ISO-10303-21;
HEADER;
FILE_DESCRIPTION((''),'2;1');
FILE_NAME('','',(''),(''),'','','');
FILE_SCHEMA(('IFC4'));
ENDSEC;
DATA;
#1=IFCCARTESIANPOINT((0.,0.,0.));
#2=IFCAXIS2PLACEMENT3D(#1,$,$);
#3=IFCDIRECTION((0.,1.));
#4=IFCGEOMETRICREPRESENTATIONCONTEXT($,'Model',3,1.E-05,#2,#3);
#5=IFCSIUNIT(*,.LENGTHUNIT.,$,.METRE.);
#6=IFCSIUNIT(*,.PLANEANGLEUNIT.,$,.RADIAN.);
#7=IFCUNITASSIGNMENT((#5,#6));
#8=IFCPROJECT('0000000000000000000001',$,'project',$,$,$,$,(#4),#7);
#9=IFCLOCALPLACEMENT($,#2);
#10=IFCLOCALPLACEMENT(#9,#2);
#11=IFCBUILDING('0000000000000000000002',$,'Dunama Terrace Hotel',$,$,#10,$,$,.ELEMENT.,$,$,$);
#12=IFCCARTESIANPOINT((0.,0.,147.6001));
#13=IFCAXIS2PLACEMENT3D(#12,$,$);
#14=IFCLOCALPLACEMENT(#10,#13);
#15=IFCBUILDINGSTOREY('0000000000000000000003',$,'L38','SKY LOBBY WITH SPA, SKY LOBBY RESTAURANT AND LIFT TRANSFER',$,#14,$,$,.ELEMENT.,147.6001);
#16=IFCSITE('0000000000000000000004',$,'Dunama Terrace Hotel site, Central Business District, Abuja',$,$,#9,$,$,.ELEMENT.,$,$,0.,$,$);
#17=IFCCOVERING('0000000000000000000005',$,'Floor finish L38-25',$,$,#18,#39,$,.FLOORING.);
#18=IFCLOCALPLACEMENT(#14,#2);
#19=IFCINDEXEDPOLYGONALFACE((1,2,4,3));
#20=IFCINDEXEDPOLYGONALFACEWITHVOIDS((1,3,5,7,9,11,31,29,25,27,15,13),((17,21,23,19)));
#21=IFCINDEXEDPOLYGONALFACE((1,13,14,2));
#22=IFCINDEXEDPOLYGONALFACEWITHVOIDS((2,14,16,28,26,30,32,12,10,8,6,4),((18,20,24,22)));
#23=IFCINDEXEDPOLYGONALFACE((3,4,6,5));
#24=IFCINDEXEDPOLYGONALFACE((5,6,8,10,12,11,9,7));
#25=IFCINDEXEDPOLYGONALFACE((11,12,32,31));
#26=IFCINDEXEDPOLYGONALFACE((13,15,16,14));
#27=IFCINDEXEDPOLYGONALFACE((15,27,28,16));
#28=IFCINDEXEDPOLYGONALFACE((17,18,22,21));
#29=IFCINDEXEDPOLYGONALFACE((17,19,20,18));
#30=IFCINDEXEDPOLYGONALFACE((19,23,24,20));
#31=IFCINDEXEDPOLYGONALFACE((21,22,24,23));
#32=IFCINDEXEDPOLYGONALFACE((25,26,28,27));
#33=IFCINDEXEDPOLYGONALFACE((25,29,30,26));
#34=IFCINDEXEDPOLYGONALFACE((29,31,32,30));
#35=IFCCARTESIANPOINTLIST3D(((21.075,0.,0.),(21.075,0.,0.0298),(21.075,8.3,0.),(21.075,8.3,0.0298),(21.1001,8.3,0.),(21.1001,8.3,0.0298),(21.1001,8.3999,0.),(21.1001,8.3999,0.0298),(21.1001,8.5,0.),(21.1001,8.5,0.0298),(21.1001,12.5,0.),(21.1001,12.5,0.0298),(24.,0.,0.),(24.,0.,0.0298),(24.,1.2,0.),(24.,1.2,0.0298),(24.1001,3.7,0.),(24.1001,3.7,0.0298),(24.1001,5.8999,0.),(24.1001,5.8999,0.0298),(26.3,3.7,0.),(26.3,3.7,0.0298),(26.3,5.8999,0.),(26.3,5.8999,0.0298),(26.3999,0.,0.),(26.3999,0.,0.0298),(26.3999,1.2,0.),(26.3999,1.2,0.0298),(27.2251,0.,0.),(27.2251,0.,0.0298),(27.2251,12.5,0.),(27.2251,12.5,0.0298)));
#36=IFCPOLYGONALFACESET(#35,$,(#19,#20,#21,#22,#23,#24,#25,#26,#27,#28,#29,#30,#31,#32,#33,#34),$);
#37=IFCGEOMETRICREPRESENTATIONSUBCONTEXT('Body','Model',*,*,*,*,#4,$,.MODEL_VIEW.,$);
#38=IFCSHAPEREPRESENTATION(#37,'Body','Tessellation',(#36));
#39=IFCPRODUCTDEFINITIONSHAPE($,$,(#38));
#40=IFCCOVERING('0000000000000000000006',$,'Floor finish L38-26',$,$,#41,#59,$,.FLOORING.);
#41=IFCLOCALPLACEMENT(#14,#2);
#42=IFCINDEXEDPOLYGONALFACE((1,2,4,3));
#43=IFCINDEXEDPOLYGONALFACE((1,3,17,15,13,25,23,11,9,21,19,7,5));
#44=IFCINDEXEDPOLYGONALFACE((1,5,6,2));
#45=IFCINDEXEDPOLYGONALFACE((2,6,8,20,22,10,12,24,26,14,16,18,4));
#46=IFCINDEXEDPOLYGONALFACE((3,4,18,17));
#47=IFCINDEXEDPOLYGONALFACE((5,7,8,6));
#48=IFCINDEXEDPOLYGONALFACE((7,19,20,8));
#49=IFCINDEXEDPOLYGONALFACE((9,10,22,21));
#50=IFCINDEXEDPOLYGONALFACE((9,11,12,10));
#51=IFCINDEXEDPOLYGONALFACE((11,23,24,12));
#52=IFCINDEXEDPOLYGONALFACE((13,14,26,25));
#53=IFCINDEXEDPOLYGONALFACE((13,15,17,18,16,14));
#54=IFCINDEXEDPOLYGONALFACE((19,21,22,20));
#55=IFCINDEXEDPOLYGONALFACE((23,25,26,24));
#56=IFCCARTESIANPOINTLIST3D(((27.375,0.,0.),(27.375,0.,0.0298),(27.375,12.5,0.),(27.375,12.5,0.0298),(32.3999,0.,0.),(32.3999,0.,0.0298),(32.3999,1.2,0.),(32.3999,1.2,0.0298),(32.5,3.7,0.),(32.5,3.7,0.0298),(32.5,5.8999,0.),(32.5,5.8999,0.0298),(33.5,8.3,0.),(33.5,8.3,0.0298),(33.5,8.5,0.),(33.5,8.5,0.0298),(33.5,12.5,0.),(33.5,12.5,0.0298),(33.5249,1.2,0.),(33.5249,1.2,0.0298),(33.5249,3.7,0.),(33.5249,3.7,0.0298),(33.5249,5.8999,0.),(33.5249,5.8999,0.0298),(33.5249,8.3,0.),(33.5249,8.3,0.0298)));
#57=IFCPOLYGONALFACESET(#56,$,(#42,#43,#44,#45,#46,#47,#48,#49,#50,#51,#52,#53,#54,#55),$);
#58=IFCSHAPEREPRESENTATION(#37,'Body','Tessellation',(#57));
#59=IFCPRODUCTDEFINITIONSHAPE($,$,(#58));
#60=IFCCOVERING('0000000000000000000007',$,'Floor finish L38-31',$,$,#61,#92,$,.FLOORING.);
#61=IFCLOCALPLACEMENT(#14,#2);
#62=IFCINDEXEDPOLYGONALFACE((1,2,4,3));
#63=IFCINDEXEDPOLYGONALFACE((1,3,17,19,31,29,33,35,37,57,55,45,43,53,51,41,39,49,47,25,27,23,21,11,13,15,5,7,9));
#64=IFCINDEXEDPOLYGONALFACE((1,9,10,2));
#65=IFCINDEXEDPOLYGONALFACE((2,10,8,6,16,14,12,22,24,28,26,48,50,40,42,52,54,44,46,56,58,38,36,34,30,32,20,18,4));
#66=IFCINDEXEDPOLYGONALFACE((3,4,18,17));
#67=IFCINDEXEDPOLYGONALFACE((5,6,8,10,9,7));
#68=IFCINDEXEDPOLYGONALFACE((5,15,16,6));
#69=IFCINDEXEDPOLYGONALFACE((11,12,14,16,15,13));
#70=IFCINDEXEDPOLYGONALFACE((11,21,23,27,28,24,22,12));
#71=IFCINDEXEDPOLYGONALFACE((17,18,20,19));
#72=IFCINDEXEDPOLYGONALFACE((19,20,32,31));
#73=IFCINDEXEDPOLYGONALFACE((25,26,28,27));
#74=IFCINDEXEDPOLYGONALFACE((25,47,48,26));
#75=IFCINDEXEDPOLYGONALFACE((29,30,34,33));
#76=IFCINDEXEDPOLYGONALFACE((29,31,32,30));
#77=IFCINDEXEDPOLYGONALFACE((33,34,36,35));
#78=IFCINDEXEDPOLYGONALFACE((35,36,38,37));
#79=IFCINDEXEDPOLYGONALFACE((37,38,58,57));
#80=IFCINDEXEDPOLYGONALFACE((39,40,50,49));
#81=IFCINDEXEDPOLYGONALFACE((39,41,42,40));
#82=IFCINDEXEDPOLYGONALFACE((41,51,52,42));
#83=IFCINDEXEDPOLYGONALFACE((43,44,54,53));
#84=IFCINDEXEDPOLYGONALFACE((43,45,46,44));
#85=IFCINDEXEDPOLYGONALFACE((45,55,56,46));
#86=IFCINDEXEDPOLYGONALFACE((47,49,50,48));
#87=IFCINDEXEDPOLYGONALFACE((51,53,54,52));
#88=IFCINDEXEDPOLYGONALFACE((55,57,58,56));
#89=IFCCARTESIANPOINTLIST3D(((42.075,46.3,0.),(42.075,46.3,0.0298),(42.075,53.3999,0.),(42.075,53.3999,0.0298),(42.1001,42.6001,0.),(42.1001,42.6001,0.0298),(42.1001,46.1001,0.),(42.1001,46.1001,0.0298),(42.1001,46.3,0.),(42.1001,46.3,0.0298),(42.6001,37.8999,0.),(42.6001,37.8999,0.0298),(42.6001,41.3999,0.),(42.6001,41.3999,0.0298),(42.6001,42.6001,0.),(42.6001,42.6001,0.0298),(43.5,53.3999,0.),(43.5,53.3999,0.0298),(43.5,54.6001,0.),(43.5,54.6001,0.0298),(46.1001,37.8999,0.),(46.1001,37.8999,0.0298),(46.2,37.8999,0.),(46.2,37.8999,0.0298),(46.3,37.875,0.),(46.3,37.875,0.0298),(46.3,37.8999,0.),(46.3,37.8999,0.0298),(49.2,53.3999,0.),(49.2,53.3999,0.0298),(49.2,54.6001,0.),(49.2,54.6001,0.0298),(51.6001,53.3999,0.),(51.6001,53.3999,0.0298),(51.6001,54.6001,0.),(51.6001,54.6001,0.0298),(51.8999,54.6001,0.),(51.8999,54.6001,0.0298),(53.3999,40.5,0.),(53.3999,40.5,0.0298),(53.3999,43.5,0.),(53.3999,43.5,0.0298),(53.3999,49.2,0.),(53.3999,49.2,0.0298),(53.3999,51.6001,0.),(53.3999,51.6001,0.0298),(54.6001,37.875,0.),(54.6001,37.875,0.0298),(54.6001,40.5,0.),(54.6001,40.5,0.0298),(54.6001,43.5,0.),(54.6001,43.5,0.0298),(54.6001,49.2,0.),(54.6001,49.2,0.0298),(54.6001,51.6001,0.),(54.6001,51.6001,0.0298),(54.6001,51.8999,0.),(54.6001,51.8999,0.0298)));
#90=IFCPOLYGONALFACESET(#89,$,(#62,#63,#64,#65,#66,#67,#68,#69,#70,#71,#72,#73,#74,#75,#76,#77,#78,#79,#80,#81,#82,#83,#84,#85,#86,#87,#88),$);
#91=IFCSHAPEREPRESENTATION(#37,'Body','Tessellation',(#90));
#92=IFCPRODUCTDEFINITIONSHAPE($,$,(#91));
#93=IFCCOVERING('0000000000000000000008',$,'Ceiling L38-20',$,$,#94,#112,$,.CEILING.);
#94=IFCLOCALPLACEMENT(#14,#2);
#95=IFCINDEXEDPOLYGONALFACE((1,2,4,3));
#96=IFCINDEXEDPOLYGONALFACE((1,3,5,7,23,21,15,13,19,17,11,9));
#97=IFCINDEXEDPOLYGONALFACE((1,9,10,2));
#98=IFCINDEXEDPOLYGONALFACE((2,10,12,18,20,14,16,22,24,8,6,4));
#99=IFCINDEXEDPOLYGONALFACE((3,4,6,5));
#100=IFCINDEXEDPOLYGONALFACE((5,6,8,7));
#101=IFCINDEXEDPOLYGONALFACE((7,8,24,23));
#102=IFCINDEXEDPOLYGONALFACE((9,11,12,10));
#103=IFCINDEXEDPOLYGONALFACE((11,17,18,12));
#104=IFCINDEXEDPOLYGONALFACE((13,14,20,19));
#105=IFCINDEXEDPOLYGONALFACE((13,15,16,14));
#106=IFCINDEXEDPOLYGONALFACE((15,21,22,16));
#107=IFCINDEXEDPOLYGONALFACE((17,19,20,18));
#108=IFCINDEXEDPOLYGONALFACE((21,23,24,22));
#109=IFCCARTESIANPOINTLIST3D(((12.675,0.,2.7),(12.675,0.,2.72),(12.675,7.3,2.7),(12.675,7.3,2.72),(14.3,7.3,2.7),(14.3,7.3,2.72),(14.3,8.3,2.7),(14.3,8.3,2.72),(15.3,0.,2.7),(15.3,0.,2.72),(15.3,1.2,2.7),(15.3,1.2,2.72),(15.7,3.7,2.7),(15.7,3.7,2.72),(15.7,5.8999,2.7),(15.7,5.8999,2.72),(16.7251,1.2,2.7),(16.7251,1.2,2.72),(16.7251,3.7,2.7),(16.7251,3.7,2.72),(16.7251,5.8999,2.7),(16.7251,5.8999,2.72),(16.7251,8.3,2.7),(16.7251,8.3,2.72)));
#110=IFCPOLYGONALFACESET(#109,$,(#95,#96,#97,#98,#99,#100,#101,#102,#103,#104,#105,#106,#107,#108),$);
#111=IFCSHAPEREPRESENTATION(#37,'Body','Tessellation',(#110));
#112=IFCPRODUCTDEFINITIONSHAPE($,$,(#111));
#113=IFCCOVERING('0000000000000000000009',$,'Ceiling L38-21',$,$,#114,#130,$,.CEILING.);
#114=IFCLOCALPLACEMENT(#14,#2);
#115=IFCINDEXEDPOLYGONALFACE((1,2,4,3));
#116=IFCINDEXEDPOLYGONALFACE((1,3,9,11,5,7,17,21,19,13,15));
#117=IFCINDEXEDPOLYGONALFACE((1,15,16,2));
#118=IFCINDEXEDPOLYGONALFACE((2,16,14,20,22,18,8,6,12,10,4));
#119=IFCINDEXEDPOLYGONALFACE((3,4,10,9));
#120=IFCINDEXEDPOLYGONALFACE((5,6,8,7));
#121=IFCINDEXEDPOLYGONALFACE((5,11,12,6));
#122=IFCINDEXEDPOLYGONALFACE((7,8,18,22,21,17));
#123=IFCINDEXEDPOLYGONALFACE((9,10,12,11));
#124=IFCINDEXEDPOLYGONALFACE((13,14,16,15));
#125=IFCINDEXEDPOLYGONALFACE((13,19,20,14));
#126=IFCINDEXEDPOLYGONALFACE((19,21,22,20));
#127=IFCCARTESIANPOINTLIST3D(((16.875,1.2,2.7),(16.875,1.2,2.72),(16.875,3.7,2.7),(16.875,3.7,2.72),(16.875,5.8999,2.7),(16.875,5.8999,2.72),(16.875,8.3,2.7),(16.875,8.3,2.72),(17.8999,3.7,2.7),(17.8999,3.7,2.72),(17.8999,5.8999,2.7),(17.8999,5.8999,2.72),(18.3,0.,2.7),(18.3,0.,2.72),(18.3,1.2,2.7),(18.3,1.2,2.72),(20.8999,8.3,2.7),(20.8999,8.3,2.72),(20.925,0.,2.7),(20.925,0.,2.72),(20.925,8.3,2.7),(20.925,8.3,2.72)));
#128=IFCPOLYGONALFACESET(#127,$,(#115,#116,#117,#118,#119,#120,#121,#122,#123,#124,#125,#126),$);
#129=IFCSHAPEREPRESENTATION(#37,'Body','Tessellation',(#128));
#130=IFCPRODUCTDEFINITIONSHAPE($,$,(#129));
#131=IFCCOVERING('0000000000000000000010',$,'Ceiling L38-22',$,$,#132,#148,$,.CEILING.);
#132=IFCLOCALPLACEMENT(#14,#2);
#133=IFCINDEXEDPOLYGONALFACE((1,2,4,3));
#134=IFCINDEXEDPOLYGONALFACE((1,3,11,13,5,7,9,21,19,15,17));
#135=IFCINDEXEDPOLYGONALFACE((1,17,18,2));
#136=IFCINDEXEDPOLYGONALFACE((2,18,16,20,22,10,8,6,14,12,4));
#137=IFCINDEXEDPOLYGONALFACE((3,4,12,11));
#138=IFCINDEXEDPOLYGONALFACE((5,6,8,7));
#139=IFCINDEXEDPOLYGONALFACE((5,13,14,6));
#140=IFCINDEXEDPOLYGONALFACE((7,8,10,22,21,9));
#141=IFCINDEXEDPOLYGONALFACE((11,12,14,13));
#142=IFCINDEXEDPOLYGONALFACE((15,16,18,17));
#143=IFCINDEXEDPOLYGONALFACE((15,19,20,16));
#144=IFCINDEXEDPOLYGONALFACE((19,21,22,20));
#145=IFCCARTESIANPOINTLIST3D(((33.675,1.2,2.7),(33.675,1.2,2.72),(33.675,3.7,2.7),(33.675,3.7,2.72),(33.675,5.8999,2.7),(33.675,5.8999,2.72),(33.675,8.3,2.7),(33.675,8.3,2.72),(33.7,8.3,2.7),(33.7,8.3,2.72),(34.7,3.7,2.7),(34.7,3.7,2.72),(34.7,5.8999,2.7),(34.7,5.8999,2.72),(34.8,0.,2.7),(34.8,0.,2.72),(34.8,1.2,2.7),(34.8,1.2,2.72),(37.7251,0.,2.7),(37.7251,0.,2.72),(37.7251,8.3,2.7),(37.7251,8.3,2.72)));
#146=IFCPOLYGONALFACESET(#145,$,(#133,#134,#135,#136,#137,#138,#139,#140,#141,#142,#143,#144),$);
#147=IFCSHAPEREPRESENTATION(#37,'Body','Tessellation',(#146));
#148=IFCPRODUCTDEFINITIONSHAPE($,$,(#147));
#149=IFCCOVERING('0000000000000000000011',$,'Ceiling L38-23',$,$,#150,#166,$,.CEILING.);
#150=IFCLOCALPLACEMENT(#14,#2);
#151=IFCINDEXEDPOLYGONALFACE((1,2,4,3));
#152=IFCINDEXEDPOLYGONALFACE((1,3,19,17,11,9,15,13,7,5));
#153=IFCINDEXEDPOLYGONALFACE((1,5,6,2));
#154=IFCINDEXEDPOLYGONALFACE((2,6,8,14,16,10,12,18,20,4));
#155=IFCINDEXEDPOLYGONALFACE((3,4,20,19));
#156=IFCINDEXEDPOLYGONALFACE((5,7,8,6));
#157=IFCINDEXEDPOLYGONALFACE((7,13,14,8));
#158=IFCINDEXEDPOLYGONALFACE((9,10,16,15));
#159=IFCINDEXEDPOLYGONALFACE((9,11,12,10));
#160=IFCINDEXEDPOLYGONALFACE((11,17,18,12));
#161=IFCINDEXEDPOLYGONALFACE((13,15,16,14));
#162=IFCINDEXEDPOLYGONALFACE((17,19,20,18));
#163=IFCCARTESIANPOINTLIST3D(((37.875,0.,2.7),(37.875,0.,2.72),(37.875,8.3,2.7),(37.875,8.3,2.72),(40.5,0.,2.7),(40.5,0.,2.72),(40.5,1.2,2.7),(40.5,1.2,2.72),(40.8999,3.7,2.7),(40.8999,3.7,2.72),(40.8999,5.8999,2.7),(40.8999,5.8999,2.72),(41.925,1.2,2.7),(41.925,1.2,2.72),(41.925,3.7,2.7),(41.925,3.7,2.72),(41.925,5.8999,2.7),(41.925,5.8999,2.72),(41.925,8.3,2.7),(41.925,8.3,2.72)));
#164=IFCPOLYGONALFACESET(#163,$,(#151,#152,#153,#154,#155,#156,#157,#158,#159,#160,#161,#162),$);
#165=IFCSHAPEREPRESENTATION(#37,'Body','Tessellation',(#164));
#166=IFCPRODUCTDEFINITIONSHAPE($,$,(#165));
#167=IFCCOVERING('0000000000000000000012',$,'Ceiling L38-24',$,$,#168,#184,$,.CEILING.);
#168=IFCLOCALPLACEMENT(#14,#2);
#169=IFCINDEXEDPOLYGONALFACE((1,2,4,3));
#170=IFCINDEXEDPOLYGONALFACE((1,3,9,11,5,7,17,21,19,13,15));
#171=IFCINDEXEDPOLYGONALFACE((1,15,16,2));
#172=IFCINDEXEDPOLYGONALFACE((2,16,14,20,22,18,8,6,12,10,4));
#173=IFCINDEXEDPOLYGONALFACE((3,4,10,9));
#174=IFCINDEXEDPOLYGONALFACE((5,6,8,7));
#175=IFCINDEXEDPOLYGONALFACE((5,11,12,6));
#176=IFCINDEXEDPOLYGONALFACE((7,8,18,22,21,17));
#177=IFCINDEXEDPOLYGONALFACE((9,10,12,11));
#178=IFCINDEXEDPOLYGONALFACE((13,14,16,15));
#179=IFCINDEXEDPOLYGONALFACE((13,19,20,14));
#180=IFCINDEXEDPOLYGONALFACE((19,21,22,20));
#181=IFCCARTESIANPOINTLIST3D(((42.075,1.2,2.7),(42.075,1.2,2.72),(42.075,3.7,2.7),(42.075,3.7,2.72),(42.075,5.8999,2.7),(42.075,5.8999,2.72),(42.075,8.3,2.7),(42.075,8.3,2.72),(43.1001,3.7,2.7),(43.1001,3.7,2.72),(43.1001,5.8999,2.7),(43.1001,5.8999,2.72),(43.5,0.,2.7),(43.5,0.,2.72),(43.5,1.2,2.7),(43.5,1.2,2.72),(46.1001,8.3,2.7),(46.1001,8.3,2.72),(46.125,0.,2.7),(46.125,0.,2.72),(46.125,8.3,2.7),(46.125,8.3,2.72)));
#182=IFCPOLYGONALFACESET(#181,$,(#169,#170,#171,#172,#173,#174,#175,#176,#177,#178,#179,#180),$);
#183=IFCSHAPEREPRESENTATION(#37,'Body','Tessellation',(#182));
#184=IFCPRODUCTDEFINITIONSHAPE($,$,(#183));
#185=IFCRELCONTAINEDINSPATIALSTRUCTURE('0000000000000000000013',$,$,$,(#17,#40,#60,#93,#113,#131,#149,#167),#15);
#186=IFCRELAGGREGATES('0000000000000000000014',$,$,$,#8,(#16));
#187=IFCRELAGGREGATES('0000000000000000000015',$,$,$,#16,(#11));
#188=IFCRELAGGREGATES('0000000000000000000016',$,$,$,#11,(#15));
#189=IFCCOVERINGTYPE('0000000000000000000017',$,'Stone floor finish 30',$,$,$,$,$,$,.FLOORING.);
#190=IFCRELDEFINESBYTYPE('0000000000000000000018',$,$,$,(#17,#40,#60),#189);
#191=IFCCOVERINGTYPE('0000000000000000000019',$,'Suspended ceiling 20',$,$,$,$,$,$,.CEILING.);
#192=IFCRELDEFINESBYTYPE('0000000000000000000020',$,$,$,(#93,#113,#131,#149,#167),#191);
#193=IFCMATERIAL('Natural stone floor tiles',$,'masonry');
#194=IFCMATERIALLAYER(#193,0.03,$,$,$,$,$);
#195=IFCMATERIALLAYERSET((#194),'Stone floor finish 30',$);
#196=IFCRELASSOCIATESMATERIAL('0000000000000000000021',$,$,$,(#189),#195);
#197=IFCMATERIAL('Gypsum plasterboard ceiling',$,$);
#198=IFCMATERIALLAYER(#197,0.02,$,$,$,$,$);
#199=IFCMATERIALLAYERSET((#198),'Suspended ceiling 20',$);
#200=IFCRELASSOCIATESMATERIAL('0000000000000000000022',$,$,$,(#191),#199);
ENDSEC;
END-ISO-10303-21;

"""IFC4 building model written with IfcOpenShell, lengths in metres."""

from ifc_helpers import new_model, si_unit, direction, frame, origin, place, context, subcontext, project, spatial, polyline, outline, extrude, material, layer, layer_set, type_object, element, save


model = new_model("IFC4")

# Units and contexts
model_context = context("Model", 3, precision=1e-05, world=origin(), true_north=direction((0.0, 1.0)))
body_context = subcontext(model_context, "Body", "Model", "MODEL_VIEW")
ifc_project = project(units=[si_unit("LENGTHUNIT", "METRE"), si_unit("PLANEANGLEUNIT", "RADIAN")], contexts=[model_context])

# Site, building, storey
site_placement = place(None, origin())
site = spatial("IfcSite", under=ifc_project, at=site_placement, Name="Dunama Terrace Hotel site, Central Business District, Abuja", CompositionType="ELEMENT", RefElevation=0.0)
building_placement = place(site_placement, origin())
building = spatial("IfcBuilding", under=site, at=building_placement, Name="Dunama Terrace Hotel", CompositionType="ELEMENT")
storey_placement = place(building_placement, frame((0.0, 0.0, 147.6001)))
storey = spatial("IfcBuildingStorey", under=building, at=storey_placement, Name="L38", Description="SKY LOBBY WITH SPA, SKY LOBBY RESTAURANT AND LIFT TRANSFER", CompositionType="ELEMENT", Elevation=147.6001)

# Coverings
ifc_material_1 = material(Name="Natural stone floor tiles", Category="masonry")
ifc_layer_1 = layer(ifc_material_1, 0.03)
ifc_layer_set_1 = layer_set([ifc_layer_1], Name="Stone floor finish 30")
covering_type_1 = type_object("IfcCoveringType", Name="Stone floor finish 30", PredefinedType="FLOORING", material=ifc_layer_set_1)
covering_1_placement = place(storey_placement, origin())
element("IfcCovering", 1, at=covering_1_placement, inside=storey, type_object=covering_type_1, Name="Floor finish L38-25", PredefinedType="FLOORING", context=body_context, shape_type="SweptSolid", body=[
    extrude(outline(polyline([(26.3999, 0.0), (27.2251, 0.0), (27.2251, 12.5), (21.1001, 12.5), (21.1001, 8.5), (21.1001, 8.3999), (21.1001, 8.3), (21.075, 8.3), (21.075, 0.0), (24.0, 0.0), (24.0, 1.2), (26.3999, 1.2), (26.3999, 0.0)]), holes=[polyline([(24.1001, 5.8999), (26.3, 5.8999), (26.3, 3.7), (24.1001, 3.7), (24.1001, 5.8999)])]), origin(), (0.0, 0.0, 1.0), 0.0298),
])
covering_2_placement = place(storey_placement, origin())
element("IfcCovering", 2, at=covering_2_placement, inside=storey, type_object=covering_type_1, Name="Floor finish L38-26", PredefinedType="FLOORING", context=body_context, shape_type="SweptSolid", body=[
    extrude(outline(polyline([(27.375, 0.0), (32.3999, 0.0), (32.3999, 1.2), (33.5249, 1.2), (33.5249, 3.7), (32.5, 3.7), (32.5, 5.8999), (33.5249, 5.8999), (33.5249, 8.3), (33.5, 8.3), (33.5, 8.5), (33.5, 12.5), (27.375, 12.5), (27.375, 0.0)])), origin(), (0.0, 0.0, 1.0), 0.0298),
])
covering_3_placement = place(storey_placement, origin())
element("IfcCovering", 3, at=covering_3_placement, inside=storey, type_object=covering_type_1, Name="Floor finish L38-31", PredefinedType="FLOORING", context=body_context, shape_type="SweptSolid", body=[
    extrude(outline(polyline([(49.2, 54.6001), (43.5, 54.6001), (43.5, 53.3999), (42.075, 53.3999), (42.075, 46.3), (42.1001, 46.3), (42.1001, 46.1001), (42.1001, 42.6001), (42.6001, 42.6001), (42.6001, 41.3999), (42.6001, 37.8999), (46.1001, 37.8999), (46.2, 37.8999), (46.3, 37.8999), (46.3, 37.875), (54.6001, 37.875), (54.6001, 40.5), (53.3999, 40.5), (53.3999, 43.5), (54.6001, 43.5), (54.6001, 49.2), (53.3999, 49.2), (53.3999, 51.6001), (54.6001, 51.6001), (54.6001, 51.8999), (51.8999, 54.6001), (51.6001, 54.6001), (51.6001, 53.3999), (49.2, 53.3999), (49.2, 54.6001)])), origin(), (0.0, 0.0, 1.0), 0.0298),
])
ifc_material_2 = material(Name="Gypsum plasterboard ceiling")
ifc_layer_2 = layer(ifc_material_2, 0.02)
ifc_layer_set_2 = layer_set([ifc_layer_2], Name="Suspended ceiling 20")
covering_type_2 = type_object("IfcCoveringType", Name="Suspended ceiling 20", PredefinedType="CEILING", material=ifc_layer_set_2)
covering_4_placement = place(storey_placement, frame((0.0, 0.0, 2.7)))
element("IfcCovering", 4, at=covering_4_placement, inside=storey, type_object=covering_type_2, Name="Ceiling L38-20", PredefinedType="CEILING", context=body_context, shape_type="SweptSolid", body=[
    extrude(outline(polyline([(12.675, 7.3), (12.675, 0.0), (15.3, 0.0), (15.3, 1.2), (16.7251, 1.2), (16.7251, 3.7), (15.7, 3.7), (15.7, 5.8999), (16.7251, 5.8999), (16.7251, 8.3), (14.3, 8.3), (14.3, 7.3), (12.675, 7.3)])), origin(), (0.0, 0.0, 1.0), 0.02),
])
covering_5_placement = place(storey_placement, frame((0.0, 0.0, 2.7)))
element("IfcCovering", 5, at=covering_5_placement, inside=storey, type_object=covering_type_2, Name="Ceiling L38-21", PredefinedType="CEILING", context=body_context, shape_type="SweptSolid", body=[
    extrude(outline(polyline([(18.3, 1.2), (18.3, 0.0), (20.925, 0.0), (20.925, 8.3), (20.8999, 8.3), (16.875, 8.3), (16.875, 5.8999), (17.8999, 5.8999), (17.8999, 3.7), (16.875, 3.7), (16.875, 1.2), (18.3, 1.2)])), origin(), (0.0, 0.0, 1.0), 0.02),
])
covering_6_placement = place(storey_placement, frame((0.0, 0.0, 2.7)))
element("IfcCovering", 6, at=covering_6_placement, inside=storey, type_object=covering_type_2, Name="Ceiling L38-22", PredefinedType="CEILING", context=body_context, shape_type="SweptSolid", body=[
    extrude(outline(polyline([(34.8, 1.2), (34.8, 0.0), (37.7251, 0.0), (37.7251, 8.3), (33.7, 8.3), (33.675, 8.3), (33.675, 5.8999), (34.7, 5.8999), (34.7, 3.7), (33.675, 3.7), (33.675, 1.2), (34.8, 1.2)])), origin(), (0.0, 0.0, 1.0), 0.02),
])
covering_7_placement = place(storey_placement, frame((0.0, 0.0, 2.7)))
element("IfcCovering", 7, at=covering_7_placement, inside=storey, type_object=covering_type_2, Name="Ceiling L38-23", PredefinedType="CEILING", context=body_context, shape_type="SweptSolid", body=[
    extrude(outline(polyline([(37.875, 8.3), (37.875, 0.0), (40.5, 0.0), (40.5, 1.2), (41.925, 1.2), (41.925, 3.7), (40.8999, 3.7), (40.8999, 5.8999), (41.925, 5.8999), (41.925, 8.3), (37.875, 8.3)])), origin(), (0.0, 0.0, 1.0), 0.02),
])
covering_8_placement = place(storey_placement, frame((0.0, 0.0, 2.7)))
element("IfcCovering", 8, at=covering_8_placement, inside=storey, type_object=covering_type_2, Name="Ceiling L38-24", PredefinedType="CEILING", context=body_context, shape_type="SweptSolid", body=[
    extrude(outline(polyline([(43.5, 1.2), (43.5, 0.0), (46.125, 0.0), (46.125, 8.3), (46.1001, 8.3), (42.075, 8.3), (42.075, 5.8999), (43.1001, 5.8999), (43.1001, 3.7), (42.075, 3.7), (42.075, 1.2), (43.5, 1.2)])), origin(), (0.0, 0.0, 1.0), 0.02),
])

save(model, "model.ifc")
